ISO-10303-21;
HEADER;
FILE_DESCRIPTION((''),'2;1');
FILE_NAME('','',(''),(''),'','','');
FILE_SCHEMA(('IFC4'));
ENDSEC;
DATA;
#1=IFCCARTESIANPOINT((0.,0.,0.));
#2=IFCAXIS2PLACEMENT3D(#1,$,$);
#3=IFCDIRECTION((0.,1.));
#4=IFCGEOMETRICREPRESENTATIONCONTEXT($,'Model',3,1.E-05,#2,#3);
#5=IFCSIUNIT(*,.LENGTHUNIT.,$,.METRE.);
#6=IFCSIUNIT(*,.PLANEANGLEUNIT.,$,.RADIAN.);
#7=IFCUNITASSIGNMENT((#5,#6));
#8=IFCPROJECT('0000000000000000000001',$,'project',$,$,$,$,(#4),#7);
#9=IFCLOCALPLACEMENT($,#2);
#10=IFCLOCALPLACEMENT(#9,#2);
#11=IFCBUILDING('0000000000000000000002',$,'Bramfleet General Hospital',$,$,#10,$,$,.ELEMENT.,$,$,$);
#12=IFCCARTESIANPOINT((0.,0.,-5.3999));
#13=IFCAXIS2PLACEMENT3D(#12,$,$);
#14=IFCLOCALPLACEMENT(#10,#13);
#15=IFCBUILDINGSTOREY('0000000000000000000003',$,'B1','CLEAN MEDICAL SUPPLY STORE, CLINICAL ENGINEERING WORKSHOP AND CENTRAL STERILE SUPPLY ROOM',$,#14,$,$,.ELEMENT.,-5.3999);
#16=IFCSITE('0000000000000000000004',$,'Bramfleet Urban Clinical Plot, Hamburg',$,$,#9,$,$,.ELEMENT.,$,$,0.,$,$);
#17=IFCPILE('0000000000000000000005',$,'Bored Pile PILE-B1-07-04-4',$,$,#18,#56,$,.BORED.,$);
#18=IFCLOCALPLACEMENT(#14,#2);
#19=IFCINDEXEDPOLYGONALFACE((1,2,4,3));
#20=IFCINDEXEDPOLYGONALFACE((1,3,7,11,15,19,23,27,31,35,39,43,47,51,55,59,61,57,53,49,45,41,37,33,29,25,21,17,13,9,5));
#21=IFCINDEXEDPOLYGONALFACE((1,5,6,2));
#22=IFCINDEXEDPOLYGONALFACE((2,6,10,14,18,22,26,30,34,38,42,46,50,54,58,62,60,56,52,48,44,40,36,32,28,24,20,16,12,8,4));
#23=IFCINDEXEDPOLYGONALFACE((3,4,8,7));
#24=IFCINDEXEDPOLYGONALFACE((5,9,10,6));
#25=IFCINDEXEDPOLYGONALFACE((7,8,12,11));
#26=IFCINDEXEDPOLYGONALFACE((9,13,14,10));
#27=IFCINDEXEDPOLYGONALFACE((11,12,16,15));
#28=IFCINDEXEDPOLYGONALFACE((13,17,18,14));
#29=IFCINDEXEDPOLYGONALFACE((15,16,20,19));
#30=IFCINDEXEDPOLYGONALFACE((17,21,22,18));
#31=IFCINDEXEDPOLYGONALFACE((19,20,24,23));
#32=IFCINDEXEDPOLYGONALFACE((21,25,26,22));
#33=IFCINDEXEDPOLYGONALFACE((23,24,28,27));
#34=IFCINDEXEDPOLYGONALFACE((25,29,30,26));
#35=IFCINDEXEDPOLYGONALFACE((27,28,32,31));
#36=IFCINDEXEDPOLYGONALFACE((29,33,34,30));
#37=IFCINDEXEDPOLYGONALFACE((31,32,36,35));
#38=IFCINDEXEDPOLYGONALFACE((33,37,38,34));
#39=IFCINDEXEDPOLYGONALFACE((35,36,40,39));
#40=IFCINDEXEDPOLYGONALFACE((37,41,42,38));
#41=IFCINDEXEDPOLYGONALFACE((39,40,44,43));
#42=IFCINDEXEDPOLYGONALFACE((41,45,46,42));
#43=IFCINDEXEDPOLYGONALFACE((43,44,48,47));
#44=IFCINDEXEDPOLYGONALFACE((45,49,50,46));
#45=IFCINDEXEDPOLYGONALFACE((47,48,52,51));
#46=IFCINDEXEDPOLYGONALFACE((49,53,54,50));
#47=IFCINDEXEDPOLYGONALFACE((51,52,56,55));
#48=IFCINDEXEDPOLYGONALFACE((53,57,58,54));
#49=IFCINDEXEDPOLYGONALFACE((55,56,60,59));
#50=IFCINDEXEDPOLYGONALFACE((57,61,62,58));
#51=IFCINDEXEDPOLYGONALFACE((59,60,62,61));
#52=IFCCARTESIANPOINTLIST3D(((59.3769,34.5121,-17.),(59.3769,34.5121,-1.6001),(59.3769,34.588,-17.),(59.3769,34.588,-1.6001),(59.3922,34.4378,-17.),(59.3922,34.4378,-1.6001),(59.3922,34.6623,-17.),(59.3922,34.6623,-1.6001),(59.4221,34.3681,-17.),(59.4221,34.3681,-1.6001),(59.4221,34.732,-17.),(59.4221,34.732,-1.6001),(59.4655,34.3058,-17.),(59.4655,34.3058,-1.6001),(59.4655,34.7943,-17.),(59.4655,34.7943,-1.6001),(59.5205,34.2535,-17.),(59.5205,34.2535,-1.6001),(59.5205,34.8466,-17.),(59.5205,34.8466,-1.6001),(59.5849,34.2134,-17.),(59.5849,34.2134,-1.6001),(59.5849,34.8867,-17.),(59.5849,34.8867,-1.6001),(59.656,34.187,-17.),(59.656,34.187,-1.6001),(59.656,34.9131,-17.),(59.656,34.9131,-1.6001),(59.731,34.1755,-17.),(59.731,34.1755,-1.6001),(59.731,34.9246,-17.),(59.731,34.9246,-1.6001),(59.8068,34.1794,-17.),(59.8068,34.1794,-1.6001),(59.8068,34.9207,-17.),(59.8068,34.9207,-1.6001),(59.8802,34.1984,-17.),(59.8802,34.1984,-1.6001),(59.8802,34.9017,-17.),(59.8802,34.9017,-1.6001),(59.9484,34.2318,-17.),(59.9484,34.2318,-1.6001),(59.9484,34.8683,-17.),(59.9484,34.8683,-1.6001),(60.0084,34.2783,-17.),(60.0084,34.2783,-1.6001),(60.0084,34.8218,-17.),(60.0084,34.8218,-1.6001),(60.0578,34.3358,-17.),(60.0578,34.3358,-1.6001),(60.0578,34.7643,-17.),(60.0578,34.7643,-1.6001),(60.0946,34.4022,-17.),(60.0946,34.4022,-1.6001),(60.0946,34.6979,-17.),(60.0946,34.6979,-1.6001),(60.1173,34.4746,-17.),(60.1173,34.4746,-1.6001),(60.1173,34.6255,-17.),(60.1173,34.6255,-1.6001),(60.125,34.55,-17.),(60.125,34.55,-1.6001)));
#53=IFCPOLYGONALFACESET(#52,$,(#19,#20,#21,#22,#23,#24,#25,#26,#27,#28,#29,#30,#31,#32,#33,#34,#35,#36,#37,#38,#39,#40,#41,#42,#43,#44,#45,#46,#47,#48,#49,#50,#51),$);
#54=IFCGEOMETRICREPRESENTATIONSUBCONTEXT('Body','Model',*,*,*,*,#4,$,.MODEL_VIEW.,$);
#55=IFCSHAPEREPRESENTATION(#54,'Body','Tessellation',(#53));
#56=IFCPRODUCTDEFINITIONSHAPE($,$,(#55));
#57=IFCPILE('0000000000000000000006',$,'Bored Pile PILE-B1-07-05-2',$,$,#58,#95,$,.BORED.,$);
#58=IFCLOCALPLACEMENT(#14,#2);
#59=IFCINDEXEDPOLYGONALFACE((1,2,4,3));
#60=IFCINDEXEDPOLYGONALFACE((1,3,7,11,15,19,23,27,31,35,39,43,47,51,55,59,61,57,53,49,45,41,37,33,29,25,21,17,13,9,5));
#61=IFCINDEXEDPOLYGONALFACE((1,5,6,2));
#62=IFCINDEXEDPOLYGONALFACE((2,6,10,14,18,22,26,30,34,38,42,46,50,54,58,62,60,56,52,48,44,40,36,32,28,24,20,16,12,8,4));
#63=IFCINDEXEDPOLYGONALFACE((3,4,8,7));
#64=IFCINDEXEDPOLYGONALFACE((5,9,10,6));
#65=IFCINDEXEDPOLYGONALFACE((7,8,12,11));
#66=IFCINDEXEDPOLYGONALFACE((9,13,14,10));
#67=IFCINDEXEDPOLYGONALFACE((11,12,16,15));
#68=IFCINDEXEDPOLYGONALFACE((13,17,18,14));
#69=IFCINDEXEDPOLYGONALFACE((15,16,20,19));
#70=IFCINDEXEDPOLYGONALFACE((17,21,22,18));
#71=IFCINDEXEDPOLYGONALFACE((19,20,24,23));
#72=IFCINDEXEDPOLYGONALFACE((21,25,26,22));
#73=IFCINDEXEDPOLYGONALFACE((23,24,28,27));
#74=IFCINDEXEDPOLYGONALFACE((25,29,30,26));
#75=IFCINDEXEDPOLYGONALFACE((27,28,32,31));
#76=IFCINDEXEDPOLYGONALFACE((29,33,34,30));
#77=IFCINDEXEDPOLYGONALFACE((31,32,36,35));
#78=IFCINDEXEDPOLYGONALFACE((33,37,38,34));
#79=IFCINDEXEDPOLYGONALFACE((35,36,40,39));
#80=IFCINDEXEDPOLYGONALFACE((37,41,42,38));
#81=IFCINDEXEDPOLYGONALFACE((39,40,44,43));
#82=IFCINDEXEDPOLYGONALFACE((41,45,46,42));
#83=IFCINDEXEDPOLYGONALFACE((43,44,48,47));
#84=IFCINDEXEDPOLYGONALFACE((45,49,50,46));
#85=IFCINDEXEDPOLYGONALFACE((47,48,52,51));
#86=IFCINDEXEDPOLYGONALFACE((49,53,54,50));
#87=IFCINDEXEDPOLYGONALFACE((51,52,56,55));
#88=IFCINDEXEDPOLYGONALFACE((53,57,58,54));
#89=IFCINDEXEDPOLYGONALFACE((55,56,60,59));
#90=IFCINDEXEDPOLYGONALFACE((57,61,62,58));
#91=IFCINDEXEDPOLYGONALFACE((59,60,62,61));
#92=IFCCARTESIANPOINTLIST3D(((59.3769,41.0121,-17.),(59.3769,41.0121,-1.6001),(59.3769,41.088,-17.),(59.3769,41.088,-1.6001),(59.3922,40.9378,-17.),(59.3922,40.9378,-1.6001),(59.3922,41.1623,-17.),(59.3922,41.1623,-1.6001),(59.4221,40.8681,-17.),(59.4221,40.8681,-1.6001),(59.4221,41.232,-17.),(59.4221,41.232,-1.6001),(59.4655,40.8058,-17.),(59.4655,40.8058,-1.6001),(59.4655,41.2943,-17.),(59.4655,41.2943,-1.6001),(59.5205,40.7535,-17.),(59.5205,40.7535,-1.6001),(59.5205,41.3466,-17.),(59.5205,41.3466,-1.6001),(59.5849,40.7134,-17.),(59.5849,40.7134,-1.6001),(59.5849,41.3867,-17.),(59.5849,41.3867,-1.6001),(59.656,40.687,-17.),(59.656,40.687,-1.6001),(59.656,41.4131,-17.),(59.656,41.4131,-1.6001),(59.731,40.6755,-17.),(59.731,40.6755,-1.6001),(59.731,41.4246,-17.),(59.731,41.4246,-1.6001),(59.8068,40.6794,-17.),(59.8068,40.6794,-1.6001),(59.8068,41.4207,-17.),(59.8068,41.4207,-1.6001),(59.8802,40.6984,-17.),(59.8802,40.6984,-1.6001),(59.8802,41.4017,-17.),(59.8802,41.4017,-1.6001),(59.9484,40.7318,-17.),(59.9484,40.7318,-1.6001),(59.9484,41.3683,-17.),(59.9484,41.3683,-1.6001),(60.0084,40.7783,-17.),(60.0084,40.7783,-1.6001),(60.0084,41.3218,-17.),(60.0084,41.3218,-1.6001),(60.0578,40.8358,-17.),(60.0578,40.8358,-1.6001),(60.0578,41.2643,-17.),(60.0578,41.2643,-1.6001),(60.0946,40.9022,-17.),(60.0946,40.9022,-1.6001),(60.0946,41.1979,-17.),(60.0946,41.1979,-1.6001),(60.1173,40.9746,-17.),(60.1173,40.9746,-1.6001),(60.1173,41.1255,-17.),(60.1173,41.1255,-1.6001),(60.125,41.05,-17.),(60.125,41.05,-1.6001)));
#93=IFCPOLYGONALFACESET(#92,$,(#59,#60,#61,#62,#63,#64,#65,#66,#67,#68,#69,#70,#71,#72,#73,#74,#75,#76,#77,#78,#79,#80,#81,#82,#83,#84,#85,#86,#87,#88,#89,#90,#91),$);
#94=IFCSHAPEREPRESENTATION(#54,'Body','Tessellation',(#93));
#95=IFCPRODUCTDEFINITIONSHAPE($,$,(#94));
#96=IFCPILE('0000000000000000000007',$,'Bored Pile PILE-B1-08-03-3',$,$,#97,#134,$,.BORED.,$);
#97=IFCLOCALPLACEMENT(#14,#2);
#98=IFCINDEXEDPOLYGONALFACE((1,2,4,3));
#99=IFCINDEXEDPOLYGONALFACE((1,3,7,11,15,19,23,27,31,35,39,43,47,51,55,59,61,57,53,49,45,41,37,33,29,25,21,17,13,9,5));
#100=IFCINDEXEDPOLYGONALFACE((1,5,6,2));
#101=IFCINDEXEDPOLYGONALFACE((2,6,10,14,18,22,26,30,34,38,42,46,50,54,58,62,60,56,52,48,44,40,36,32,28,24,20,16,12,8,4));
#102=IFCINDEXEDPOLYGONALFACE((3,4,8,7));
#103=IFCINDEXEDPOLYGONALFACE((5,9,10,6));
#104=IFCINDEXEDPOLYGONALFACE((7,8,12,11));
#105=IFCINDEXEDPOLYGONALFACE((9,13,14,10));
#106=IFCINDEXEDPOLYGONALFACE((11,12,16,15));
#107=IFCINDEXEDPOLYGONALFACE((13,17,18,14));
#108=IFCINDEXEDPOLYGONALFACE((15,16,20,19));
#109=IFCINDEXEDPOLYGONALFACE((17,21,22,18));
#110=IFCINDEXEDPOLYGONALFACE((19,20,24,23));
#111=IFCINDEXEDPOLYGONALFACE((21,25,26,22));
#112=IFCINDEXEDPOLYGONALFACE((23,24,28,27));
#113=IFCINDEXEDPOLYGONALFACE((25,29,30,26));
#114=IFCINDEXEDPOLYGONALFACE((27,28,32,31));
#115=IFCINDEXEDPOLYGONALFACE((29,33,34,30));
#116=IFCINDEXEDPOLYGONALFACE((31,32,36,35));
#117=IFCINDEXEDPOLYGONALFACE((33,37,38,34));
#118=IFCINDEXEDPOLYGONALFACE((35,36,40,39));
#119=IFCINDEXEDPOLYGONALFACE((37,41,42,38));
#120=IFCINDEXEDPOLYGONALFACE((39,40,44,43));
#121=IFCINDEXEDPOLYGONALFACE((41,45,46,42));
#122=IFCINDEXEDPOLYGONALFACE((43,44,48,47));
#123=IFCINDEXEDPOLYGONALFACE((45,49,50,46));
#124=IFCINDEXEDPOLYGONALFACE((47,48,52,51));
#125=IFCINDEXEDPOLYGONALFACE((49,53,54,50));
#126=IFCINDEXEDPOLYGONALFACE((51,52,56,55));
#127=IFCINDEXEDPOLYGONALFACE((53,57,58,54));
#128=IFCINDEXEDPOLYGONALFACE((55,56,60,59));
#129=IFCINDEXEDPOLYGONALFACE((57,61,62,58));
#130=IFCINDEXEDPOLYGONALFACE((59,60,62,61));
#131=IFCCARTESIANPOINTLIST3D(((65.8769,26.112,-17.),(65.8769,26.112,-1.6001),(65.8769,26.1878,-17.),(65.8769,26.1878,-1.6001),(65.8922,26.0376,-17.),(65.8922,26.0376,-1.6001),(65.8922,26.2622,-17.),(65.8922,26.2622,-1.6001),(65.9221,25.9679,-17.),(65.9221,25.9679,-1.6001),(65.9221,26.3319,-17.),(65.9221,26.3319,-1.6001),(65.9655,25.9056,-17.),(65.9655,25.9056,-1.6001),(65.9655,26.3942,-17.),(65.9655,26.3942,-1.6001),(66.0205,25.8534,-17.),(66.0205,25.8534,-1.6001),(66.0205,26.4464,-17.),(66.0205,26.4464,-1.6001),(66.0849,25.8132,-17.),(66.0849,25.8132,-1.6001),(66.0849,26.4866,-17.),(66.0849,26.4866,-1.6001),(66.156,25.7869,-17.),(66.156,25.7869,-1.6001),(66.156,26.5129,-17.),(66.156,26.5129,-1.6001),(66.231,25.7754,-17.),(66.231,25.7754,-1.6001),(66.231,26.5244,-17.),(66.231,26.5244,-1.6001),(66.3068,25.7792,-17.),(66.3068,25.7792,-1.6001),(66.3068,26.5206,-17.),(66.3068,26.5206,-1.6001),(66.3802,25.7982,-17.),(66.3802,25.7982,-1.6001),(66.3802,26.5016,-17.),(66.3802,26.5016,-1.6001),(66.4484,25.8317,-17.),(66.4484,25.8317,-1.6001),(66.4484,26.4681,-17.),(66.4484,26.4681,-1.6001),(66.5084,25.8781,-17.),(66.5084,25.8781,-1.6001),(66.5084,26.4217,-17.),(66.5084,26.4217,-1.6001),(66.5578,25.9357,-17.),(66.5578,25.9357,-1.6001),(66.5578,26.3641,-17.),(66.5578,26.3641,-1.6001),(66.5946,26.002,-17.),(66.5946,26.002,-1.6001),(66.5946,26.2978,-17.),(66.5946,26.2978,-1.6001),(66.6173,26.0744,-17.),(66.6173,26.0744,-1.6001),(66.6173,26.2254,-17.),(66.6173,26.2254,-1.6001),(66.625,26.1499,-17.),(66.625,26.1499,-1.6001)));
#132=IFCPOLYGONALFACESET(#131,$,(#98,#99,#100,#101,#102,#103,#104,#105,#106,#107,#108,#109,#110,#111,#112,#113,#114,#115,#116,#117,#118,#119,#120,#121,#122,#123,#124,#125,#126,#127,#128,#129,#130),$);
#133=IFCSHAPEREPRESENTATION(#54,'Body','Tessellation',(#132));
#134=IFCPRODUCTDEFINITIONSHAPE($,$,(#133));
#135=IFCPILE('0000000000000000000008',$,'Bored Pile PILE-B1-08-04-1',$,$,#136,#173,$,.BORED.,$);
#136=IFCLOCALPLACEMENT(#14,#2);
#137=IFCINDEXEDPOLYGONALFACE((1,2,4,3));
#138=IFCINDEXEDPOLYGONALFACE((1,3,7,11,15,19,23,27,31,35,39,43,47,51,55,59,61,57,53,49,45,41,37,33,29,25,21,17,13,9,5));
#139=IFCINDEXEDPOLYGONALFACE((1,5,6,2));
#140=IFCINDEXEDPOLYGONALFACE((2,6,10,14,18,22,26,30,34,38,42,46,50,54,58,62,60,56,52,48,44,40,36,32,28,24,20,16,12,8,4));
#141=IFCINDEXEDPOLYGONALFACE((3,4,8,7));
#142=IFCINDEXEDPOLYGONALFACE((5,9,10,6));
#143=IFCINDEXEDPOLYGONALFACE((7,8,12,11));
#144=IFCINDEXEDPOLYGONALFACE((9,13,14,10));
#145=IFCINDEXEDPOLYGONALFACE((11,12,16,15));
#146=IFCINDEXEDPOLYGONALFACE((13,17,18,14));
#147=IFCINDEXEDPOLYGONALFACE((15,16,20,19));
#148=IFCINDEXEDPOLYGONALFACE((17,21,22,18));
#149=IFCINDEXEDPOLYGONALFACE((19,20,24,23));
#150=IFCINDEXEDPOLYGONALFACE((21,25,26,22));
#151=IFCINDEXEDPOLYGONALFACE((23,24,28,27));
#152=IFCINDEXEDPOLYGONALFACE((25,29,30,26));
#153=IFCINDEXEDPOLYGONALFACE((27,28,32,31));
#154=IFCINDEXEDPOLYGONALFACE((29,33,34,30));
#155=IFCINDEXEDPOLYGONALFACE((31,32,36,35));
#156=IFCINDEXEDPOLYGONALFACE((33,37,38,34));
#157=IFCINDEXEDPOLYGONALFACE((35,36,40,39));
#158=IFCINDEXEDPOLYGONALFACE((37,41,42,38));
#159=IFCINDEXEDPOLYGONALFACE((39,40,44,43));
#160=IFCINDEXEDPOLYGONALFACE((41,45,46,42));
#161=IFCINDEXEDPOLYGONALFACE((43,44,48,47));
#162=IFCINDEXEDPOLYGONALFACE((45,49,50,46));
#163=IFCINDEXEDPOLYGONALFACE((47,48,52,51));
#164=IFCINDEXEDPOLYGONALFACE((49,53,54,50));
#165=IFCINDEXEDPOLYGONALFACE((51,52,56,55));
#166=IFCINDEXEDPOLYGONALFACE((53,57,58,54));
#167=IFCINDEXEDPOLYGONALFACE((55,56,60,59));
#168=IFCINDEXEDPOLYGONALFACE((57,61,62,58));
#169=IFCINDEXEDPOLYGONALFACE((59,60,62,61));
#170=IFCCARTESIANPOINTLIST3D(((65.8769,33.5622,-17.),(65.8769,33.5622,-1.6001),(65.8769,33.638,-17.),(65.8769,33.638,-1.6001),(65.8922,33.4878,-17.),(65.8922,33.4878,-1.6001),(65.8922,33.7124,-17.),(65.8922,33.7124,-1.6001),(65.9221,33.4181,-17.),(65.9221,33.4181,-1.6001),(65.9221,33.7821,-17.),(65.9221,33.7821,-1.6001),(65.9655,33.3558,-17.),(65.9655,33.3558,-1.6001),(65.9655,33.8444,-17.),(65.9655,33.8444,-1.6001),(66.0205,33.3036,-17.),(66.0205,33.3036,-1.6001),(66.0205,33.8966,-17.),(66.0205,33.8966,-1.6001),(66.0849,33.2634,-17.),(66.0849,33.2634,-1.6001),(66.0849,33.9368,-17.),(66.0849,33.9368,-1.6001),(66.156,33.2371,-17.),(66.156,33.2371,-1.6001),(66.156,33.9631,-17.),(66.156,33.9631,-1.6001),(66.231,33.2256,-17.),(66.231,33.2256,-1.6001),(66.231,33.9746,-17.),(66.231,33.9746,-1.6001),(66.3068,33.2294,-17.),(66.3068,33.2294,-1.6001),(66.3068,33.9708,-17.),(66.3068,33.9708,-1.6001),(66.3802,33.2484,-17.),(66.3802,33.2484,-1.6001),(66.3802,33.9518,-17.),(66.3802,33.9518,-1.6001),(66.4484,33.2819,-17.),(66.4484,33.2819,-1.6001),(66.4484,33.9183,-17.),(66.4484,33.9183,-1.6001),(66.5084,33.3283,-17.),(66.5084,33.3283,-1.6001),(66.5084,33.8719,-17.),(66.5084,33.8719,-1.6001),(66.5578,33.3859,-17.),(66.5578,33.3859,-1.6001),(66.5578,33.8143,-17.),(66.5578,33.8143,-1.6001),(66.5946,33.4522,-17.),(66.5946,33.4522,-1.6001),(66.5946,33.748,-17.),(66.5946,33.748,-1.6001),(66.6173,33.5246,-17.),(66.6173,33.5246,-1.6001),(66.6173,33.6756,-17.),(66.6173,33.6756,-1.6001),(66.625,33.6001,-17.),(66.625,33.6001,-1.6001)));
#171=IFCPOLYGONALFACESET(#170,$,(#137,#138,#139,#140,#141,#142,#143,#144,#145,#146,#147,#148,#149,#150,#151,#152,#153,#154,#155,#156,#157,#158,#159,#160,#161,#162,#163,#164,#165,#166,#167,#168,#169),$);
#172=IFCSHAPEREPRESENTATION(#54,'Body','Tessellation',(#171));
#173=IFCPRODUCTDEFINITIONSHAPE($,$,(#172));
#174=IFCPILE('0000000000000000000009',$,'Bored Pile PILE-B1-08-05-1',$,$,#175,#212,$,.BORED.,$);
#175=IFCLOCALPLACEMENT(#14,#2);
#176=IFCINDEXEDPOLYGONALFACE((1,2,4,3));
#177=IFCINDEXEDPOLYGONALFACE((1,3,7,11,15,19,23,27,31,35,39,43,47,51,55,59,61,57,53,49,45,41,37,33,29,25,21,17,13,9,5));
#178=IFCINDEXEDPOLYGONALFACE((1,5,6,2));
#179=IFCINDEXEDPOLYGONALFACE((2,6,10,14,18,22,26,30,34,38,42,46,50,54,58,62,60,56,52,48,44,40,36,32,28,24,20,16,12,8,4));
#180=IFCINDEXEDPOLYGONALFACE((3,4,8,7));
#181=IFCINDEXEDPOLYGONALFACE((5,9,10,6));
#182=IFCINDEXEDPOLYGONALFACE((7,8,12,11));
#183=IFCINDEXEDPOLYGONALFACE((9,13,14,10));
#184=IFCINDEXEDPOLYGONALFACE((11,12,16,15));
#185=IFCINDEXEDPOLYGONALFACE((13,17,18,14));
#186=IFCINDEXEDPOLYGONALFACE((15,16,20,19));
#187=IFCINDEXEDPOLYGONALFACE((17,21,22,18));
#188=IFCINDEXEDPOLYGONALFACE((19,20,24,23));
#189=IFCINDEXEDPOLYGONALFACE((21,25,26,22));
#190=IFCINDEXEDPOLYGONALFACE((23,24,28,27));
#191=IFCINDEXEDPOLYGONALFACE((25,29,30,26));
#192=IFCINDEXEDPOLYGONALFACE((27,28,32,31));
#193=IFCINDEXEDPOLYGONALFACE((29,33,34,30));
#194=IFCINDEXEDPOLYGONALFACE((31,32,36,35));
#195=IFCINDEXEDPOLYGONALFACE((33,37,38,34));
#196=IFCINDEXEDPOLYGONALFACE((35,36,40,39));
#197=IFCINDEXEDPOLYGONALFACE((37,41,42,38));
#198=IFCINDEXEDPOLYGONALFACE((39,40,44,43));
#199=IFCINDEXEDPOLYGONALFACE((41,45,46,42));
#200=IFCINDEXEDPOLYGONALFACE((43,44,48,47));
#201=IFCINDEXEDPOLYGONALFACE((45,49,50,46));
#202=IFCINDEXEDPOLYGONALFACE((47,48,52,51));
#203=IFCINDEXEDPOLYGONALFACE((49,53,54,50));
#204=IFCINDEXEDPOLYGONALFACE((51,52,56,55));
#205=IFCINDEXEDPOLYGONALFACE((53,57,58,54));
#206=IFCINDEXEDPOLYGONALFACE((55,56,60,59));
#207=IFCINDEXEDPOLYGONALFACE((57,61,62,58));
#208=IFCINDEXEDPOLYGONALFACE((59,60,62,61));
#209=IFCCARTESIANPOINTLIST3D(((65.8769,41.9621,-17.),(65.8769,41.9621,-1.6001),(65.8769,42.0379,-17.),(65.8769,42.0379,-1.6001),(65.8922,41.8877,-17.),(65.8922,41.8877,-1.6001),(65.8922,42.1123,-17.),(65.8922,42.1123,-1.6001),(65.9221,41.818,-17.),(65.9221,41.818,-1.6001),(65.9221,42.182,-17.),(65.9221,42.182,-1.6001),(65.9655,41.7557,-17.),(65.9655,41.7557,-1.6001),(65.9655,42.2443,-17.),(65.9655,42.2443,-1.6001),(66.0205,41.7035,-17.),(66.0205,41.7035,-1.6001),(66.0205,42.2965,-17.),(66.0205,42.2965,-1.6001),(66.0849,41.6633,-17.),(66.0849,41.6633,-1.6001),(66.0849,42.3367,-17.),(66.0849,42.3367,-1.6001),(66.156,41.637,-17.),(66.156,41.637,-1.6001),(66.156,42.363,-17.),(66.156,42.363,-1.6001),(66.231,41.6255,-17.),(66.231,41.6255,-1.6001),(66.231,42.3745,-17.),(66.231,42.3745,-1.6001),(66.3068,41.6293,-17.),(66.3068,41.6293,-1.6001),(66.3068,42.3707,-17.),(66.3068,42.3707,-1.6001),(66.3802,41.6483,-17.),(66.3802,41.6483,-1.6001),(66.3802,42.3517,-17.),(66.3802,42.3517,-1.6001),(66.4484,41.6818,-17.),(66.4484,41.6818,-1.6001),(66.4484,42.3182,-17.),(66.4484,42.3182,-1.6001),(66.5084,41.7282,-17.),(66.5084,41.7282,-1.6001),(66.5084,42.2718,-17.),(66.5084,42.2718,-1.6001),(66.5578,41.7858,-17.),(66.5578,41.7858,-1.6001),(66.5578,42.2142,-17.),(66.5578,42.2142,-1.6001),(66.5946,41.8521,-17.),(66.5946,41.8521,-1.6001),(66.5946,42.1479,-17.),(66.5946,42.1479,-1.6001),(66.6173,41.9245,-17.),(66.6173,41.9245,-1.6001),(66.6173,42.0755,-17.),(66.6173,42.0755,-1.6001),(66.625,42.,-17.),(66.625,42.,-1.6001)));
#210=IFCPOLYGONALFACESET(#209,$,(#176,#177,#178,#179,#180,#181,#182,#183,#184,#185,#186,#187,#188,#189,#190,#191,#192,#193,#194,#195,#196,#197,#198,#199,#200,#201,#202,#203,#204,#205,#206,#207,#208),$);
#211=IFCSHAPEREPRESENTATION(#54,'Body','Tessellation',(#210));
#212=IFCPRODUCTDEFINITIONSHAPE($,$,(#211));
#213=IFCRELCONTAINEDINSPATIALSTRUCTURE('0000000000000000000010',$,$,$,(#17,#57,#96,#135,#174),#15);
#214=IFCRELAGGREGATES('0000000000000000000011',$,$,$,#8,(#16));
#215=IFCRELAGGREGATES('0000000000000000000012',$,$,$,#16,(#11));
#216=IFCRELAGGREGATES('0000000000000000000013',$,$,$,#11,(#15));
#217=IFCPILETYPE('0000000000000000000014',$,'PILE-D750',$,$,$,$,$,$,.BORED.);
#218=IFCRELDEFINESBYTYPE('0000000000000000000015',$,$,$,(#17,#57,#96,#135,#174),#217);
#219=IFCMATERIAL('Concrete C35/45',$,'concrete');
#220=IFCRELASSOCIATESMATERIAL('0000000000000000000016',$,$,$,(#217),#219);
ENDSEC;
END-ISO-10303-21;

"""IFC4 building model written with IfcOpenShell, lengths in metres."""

from ifc_helpers import new_model, si_unit, direction, frame, origin, origin_2d, place, context, subcontext, project, spatial, circle, extrude, material, material_profile, profile_set, type_object, element, save


model = new_model("IFC4")

# Units and contexts
model_context = context("Model", 3, precision=1e-05, world=origin(), true_north=direction((0.0, 1.0)))
body_context = subcontext(model_context, "Body", "Model", "MODEL_VIEW")
ifc_project = project(units=[si_unit("LENGTHUNIT", "METRE"), si_unit("PLANEANGLEUNIT", "RADIAN")], contexts=[model_context])

# Site, building, storey
site_placement = place(None, origin())
site = spatial("IfcSite", under=ifc_project, at=site_placement, Name="Bramfleet Urban Clinical Plot, Hamburg", CompositionType="ELEMENT", RefElevation=0.0)
building_placement = place(site_placement, origin())
building = spatial("IfcBuilding", under=site, at=building_placement, Name="Bramfleet General Hospital", CompositionType="ELEMENT")
storey_placement = place(building_placement, frame((0.0, 0.0, -5.3999)))
storey = spatial("IfcBuildingStorey", under=building, at=storey_placement, Name="B1", Description="CLEAN MEDICAL SUPPLY STORE, CLINICAL ENGINEERING WORKSHOP AND CENTRAL STERILE SUPPLY ROOM", CompositionType="ELEMENT", Elevation=-5.3999)

# Shared definitions
ifc_material_1 = material(Name="Concrete C35/45", Category="concrete")

# Piles
ifc_material_profile_1 = material_profile(ifc_material_1, circle(Radius=0.375, at=origin_2d()), Name="PILE BORED D750")
ifc_profile_set_1 = profile_set([ifc_material_profile_1], Name="Concrete C35/45")
pile_type_1 = type_object("IfcPileType", Name="PILE-D750", PredefinedType="BORED", material=ifc_profile_set_1)
for number, where, z_axis, x_axis, name in (
    (1, (59.75, 34.55, -1.6001), (0.0, 0.0, -1.0), (1.0, 0.0, 0.0), "Bored Pile PILE-B1-07-04-4"),
    (2, (59.75, 41.05, -1.6001), (0.0, 0.0, -1.0), (1.0, 0.0, 0.0), "Bored Pile PILE-B1-07-05-2"),
    (3, (66.25, 26.1499, -1.6001), (0.0, 0.0, -1.0), (1.0, 0.0, 0.0), "Bored Pile PILE-B1-08-03-3"),
    (4, (66.25, 33.6001, -1.6001), (0.0, 0.0, -1.0), (1.0, 0.0, 0.0), "Bored Pile PILE-B1-08-04-1"),
    (5, (66.25, 42.0, -1.6001), (0.0, 0.0, -1.0), (1.0, 0.0, 0.0), "Bored Pile PILE-B1-08-05-1"),
):
    element("IfcPile", number, at=place(storey_placement, frame(where, z_axis=z_axis, x_axis=x_axis)), inside=storey, type_object=pile_type_1, Name=name, PredefinedType="BORED", context=body_context, shape_type="SweptSolid", body=[
        extrude(circle(Radius=0.375, at=origin_2d()), origin(), (0.0, 0.0, 1.0), 15.3999),
    ])

save(model, "model.ifc")
